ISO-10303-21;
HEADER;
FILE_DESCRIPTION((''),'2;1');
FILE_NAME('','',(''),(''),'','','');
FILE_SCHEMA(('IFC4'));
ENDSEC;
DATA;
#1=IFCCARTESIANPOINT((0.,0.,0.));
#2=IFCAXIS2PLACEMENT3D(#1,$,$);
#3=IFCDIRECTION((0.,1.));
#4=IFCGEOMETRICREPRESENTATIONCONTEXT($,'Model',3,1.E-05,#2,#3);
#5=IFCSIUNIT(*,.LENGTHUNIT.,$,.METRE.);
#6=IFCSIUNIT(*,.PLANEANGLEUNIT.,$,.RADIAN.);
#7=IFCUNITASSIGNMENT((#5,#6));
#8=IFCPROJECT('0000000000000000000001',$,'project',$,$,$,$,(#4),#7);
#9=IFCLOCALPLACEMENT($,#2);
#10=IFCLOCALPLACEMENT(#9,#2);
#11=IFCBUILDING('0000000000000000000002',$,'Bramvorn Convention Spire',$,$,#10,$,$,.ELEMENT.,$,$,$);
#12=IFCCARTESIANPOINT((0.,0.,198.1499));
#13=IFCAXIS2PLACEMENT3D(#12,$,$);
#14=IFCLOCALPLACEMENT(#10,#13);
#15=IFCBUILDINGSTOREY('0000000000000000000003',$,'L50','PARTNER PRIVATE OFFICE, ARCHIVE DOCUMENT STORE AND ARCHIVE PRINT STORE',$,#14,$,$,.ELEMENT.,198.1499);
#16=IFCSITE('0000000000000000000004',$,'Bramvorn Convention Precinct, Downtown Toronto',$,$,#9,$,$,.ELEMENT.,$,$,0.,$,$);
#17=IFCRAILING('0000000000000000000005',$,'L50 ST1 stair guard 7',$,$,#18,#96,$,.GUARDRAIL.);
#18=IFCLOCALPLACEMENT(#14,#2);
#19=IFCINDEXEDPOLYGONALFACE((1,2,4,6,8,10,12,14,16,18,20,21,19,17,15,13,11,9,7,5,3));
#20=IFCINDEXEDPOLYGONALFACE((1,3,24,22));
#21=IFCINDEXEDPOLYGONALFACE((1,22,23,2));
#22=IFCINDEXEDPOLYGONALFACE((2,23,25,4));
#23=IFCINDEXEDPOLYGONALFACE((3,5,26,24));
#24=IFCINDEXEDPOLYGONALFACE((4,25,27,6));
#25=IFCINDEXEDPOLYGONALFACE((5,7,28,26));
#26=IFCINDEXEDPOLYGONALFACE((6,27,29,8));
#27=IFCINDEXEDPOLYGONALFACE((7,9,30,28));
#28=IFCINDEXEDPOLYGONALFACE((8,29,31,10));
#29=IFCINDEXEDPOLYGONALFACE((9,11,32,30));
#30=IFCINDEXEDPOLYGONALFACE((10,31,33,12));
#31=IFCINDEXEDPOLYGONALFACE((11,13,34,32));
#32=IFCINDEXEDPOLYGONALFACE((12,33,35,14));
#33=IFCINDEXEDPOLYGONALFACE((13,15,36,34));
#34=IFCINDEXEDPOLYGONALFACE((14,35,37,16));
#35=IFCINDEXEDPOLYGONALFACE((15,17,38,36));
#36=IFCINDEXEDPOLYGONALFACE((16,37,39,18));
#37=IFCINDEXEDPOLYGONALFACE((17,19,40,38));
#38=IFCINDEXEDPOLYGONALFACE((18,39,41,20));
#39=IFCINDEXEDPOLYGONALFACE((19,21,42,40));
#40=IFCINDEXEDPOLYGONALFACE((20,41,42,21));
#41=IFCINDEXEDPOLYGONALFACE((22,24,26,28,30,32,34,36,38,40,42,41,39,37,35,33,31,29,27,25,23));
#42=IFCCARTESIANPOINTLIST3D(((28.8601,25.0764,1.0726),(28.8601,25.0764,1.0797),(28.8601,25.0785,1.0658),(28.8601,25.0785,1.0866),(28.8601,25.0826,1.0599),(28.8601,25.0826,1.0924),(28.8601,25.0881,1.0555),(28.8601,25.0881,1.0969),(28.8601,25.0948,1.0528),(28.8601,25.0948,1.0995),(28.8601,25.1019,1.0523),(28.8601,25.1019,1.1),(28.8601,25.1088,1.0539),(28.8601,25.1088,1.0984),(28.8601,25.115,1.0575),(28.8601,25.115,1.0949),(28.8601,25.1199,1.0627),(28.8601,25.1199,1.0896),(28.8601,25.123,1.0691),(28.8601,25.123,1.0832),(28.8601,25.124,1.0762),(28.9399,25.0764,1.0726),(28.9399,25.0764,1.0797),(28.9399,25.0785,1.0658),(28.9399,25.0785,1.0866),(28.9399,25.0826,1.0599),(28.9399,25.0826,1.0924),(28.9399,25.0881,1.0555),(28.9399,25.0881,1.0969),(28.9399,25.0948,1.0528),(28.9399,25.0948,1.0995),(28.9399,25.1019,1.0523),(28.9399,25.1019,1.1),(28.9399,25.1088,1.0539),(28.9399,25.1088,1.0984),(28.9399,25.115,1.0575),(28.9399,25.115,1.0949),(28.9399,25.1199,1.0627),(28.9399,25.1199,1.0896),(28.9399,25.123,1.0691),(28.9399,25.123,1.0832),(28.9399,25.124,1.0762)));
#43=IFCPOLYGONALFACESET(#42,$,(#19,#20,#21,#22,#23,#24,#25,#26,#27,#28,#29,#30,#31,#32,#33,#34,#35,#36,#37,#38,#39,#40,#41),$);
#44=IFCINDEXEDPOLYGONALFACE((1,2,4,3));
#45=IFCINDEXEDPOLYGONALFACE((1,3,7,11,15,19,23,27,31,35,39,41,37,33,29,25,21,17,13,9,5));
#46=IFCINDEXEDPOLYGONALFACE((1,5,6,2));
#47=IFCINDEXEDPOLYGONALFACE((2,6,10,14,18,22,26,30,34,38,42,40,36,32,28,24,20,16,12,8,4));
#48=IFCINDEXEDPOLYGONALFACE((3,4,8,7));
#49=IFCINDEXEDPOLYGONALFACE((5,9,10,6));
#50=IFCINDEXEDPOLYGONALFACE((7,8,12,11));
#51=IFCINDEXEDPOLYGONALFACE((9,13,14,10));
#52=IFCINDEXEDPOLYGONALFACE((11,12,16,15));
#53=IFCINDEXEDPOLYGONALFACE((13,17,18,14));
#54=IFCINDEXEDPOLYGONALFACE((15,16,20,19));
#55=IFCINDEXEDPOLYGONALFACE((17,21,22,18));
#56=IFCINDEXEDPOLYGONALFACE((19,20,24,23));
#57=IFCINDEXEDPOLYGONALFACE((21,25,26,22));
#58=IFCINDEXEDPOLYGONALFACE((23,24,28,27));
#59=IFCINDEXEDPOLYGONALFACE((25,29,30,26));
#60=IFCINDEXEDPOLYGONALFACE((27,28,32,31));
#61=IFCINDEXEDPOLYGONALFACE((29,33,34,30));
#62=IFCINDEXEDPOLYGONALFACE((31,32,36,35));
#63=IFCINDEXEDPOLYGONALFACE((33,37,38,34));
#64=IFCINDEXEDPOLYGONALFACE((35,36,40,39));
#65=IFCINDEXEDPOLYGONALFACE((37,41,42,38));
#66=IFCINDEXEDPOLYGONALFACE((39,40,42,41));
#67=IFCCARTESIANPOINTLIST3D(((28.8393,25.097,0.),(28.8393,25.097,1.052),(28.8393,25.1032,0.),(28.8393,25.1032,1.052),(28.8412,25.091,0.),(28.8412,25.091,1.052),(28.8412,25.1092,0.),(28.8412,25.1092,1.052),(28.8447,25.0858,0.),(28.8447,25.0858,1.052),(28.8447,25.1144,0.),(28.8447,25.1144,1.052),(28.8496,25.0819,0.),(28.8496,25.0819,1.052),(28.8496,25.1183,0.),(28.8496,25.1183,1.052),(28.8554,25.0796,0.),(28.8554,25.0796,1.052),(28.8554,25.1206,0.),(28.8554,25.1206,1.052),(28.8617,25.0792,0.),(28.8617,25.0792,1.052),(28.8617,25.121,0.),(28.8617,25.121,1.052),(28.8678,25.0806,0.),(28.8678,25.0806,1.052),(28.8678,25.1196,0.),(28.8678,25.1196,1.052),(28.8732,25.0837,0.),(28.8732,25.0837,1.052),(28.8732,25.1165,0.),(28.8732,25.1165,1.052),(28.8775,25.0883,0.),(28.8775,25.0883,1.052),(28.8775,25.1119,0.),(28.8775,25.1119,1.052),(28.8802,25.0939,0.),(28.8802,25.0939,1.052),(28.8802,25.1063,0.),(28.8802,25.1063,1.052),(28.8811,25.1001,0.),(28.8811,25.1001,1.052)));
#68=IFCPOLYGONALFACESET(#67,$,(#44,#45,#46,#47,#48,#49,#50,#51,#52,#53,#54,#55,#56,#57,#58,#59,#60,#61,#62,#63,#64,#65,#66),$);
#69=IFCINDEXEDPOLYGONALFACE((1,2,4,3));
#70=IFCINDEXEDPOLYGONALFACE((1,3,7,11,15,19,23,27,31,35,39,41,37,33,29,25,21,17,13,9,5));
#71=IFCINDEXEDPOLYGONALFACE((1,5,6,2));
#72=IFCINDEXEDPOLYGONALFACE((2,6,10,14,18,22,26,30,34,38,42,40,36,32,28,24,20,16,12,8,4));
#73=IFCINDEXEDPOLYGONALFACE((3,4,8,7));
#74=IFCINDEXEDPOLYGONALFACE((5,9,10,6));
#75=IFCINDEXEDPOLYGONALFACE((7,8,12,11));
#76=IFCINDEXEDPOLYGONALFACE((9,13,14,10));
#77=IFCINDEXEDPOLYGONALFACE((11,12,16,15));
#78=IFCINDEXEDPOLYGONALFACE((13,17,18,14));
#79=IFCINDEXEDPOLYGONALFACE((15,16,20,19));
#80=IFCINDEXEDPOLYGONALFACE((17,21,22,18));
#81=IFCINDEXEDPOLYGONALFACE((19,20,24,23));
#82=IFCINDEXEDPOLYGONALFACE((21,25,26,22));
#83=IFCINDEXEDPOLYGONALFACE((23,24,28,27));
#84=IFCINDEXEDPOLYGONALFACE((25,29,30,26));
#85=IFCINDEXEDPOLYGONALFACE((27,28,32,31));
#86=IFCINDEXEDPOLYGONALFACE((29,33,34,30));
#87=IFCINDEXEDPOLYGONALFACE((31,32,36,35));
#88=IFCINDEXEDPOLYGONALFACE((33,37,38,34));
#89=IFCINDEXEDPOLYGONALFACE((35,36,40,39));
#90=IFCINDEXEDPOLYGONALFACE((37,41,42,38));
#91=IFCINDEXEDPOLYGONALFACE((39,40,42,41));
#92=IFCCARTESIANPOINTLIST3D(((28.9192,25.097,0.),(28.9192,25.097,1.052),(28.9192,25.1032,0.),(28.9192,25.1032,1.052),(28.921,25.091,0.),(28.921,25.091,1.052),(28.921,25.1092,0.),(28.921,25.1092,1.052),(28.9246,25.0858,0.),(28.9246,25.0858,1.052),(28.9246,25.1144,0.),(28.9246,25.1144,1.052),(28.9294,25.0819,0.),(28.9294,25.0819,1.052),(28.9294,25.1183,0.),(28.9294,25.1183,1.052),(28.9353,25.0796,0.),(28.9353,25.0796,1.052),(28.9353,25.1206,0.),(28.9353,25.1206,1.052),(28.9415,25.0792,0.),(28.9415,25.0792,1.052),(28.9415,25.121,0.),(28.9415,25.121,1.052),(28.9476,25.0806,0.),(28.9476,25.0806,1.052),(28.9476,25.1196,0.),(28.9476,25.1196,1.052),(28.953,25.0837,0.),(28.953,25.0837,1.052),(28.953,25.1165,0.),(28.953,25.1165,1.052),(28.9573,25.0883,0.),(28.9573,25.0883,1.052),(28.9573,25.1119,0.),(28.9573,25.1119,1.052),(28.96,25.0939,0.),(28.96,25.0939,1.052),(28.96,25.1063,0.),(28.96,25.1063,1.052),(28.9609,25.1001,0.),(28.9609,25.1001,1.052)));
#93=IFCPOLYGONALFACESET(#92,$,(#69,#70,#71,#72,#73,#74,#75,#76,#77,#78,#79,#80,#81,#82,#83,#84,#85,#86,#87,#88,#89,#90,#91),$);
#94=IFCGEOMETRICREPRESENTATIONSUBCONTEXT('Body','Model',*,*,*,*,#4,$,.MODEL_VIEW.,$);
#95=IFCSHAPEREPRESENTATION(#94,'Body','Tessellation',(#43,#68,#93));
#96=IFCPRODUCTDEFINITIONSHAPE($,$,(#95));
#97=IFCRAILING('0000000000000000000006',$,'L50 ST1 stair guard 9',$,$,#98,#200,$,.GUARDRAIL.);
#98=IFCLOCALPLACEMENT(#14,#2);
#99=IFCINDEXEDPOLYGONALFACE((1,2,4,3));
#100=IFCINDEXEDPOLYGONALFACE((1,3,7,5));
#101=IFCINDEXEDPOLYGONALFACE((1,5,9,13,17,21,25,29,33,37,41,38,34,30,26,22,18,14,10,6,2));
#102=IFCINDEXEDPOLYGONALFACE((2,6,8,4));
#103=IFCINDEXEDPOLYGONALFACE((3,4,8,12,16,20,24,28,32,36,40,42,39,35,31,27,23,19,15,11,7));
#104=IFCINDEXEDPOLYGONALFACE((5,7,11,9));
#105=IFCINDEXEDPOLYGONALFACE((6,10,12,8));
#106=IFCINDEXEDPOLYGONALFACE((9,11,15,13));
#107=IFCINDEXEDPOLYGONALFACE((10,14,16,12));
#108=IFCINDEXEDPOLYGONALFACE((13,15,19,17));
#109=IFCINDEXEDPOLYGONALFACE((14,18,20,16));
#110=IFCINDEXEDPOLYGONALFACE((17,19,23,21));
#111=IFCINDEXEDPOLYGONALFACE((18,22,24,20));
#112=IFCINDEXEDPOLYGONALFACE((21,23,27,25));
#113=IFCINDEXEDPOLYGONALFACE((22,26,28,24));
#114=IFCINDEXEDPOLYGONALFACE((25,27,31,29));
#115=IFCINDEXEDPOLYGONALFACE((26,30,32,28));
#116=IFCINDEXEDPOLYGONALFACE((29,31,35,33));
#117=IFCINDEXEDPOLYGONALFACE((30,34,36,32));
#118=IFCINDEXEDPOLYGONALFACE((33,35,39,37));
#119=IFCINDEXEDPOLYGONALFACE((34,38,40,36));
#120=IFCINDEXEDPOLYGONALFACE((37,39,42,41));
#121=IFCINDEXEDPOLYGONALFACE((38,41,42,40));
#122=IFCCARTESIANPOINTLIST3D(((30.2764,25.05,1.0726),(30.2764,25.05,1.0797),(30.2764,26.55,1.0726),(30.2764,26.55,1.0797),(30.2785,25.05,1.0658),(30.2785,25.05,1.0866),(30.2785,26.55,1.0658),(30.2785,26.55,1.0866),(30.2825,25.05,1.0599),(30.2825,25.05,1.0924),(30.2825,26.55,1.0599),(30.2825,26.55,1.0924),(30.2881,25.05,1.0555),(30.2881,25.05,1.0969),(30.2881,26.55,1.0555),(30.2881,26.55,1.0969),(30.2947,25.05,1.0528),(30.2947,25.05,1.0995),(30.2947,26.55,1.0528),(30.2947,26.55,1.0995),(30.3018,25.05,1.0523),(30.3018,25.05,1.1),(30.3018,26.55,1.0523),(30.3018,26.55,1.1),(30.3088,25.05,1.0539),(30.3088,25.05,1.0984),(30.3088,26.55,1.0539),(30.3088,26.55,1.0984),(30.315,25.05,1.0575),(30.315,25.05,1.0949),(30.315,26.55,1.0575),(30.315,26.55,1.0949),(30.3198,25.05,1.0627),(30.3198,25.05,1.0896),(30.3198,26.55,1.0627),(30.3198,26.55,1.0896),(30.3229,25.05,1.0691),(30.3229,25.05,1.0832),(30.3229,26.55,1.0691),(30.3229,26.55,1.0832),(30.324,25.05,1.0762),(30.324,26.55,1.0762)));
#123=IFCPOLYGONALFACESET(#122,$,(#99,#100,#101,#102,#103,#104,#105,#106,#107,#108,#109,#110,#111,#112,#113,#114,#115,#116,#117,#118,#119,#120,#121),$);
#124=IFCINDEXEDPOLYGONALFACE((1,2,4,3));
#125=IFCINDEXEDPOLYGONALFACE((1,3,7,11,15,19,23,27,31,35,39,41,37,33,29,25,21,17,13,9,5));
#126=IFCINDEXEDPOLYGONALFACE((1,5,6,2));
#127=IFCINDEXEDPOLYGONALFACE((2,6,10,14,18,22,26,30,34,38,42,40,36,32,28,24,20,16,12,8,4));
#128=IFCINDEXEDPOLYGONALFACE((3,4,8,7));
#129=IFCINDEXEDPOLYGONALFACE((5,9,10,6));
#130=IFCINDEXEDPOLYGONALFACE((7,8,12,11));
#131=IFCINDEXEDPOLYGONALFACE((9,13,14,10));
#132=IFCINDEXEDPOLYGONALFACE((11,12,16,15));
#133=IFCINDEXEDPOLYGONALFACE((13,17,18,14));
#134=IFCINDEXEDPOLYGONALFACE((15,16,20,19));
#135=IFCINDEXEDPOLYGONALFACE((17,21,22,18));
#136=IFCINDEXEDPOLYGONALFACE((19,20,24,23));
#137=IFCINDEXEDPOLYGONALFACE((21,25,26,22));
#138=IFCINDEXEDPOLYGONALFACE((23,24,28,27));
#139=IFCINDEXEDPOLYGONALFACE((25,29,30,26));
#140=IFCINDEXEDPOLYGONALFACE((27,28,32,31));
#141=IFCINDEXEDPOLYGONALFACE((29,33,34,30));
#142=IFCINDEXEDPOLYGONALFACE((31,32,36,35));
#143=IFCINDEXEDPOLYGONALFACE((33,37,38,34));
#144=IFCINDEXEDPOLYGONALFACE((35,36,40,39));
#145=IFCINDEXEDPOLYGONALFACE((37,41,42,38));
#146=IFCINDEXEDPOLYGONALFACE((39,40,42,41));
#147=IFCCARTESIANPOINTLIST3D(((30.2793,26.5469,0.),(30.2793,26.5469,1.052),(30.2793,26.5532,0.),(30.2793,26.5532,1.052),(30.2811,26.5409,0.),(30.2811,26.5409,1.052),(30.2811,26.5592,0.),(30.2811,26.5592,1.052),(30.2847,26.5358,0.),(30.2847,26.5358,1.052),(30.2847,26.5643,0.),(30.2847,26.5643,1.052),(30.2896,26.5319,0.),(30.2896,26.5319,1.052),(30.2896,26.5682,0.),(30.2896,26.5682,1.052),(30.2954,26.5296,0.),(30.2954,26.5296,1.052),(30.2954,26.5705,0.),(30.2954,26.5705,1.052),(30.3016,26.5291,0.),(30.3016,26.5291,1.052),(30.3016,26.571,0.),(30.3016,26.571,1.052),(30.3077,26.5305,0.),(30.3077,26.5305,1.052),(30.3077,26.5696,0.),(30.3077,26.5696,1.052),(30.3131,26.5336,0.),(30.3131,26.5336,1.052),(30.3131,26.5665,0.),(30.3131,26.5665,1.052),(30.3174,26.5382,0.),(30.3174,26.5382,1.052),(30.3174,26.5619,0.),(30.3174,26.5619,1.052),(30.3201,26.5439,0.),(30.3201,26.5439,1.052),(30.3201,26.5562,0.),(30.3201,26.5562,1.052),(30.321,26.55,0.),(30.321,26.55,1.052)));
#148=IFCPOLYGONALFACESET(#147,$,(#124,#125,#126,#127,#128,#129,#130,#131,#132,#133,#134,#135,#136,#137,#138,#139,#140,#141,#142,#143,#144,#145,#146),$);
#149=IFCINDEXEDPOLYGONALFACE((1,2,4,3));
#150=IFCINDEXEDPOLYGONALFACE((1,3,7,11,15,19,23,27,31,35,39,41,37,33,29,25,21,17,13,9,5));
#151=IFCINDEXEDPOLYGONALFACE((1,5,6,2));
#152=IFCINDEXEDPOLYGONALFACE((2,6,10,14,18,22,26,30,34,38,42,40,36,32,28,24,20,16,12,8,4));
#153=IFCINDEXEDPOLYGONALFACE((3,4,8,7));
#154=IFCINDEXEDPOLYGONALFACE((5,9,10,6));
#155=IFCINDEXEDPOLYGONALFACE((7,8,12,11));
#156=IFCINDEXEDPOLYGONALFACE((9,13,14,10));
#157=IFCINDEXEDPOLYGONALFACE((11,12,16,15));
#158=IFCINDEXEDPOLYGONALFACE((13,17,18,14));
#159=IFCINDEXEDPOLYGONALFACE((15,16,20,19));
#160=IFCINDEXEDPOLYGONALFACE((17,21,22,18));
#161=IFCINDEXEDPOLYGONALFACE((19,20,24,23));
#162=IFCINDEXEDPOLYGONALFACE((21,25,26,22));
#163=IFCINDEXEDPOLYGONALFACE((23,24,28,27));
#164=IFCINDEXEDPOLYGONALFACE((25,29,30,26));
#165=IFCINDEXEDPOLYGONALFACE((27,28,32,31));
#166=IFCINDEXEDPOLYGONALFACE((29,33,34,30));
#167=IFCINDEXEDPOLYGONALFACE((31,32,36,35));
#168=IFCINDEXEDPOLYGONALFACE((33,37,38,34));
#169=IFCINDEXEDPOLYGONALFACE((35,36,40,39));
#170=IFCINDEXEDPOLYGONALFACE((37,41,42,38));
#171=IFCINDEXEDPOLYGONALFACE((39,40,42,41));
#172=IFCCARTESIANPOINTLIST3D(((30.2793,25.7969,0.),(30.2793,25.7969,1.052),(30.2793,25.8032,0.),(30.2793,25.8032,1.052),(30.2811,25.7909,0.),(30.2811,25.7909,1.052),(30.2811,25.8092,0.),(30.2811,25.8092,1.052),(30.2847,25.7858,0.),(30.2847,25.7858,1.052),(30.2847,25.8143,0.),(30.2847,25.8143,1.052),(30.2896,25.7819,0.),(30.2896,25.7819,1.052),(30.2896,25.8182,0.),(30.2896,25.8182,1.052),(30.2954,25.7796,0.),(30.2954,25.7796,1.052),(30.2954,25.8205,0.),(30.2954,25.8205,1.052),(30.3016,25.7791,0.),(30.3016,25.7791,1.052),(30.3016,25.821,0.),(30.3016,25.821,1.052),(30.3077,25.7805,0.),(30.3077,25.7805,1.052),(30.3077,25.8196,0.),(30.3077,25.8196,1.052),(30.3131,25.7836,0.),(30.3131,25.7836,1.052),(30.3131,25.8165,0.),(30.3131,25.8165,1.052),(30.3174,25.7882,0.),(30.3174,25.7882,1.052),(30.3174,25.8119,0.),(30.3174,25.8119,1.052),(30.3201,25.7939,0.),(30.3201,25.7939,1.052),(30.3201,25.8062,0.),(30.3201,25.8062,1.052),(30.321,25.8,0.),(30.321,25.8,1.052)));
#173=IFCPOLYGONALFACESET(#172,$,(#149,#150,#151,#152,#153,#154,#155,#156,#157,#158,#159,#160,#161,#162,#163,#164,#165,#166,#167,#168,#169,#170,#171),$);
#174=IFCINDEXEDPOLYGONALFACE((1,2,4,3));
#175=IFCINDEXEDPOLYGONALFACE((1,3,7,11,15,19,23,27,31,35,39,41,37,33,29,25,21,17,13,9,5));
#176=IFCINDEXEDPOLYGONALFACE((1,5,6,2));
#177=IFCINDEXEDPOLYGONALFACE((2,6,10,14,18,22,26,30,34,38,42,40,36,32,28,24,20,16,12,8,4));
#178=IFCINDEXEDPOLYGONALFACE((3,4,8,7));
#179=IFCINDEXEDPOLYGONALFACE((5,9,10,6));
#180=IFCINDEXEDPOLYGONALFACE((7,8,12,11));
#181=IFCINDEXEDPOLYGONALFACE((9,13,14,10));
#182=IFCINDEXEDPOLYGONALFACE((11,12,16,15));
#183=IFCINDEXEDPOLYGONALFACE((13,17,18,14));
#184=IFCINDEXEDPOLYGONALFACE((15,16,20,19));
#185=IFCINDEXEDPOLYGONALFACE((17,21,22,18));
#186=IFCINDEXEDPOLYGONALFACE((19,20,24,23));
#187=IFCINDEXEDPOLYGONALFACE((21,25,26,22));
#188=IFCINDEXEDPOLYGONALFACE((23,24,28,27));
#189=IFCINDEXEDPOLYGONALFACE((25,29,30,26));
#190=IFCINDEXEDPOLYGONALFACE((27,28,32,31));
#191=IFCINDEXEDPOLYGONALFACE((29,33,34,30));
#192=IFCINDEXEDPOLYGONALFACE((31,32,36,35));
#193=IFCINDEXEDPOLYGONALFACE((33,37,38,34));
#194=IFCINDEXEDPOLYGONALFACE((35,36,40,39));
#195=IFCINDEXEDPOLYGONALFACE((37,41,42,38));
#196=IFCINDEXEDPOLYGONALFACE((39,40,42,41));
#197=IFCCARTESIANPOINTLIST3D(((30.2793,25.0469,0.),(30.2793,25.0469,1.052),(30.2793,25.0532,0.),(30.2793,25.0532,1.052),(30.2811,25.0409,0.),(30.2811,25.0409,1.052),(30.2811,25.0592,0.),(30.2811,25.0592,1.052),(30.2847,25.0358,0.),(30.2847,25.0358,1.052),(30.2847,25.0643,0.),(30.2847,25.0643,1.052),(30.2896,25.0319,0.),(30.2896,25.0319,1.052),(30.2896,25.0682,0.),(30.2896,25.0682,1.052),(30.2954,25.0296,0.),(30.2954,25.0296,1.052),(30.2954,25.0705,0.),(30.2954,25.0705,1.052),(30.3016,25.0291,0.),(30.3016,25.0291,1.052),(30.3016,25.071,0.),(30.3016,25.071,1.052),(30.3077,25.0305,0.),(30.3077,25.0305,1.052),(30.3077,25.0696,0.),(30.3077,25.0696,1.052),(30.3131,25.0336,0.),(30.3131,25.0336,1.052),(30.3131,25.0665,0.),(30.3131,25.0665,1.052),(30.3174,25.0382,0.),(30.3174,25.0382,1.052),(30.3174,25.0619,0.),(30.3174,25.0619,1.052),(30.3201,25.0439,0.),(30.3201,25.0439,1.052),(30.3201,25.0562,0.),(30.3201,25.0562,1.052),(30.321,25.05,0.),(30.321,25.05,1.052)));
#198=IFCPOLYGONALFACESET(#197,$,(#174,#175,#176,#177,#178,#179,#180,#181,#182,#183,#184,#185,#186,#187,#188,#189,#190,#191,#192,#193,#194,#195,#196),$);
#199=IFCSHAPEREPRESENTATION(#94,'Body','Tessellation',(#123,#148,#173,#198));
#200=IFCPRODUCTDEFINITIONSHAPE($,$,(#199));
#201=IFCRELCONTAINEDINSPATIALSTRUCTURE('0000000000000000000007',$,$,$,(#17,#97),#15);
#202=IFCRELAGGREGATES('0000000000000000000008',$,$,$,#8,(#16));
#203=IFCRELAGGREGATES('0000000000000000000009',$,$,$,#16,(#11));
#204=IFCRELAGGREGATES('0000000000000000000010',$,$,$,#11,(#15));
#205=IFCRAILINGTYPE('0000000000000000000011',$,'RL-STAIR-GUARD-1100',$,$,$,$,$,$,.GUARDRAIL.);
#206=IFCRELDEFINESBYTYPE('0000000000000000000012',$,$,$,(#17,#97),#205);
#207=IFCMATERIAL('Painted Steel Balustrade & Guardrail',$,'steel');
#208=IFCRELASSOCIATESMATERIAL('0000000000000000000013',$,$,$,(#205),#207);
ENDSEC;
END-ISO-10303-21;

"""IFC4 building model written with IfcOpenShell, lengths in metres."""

from ifc_helpers import new_model, si_unit, direction, frame, origin, origin_2d, place, context, subcontext, project, spatial, circle, extrude, material, type_object, element, save


model = new_model("IFC4")

# Units and contexts
model_context = context("Model", 3, precision=1e-05, world=origin(), true_north=direction((0.0, 1.0)))
body_context = subcontext(model_context, "Body", "Model", "MODEL_VIEW")
ifc_project = project(units=[si_unit("LENGTHUNIT", "METRE"), si_unit("PLANEANGLEUNIT", "RADIAN")], contexts=[model_context])

# Site, building, storey
site_placement = place(None, origin())
site = spatial("IfcSite", under=ifc_project, at=site_placement, Name="Bramvorn Convention Precinct, Downtown Toronto", CompositionType="ELEMENT", RefElevation=0.0)
building_placement = place(site_placement, origin())
building = spatial("IfcBuilding", under=site, at=building_placement, Name="Bramvorn Convention Spire", CompositionType="ELEMENT")
storey_placement = place(building_placement, frame((0.0, 0.0, 198.1499)))
storey = spatial("IfcBuildingStorey", under=building, at=storey_placement, Name="L50", Description="PARTNER PRIVATE OFFICE, ARCHIVE DOCUMENT STORE AND ARCHIVE PRINT STORE", CompositionType="ELEMENT", Elevation=198.1499)

# Railings
ifc_material_1 = material(Name="Painted Steel Balustrade & Guardrail", Category="steel")
railing_type_1 = type_object("IfcRailingType", Name="RL-STAIR-GUARD-1100", PredefinedType="GUARDRAIL", material=ifc_material_1)
railing_1_placement = place(storey_placement, frame((28.8601, 25.1001, 0.0)))
element("IfcRailing", 1, at=railing_1_placement, inside=storey, type_object=railing_type_1, Name="L50 ST1 stair guard 7", PredefinedType="GUARDRAIL", context=body_context, shape_type="SweptSolid", body=[
    extrude(circle(Radius=0.0239, at=origin_2d()), frame((0.0, 0.0, 1.0762), z_axis=(1.0, 0.0, 0.0), x_axis=(0.0, 1.0, 0.0)), (0.0, 0.0, 1.0), 0.0798),
    extrude(circle(Radius=0.021, at=origin_2d()), origin(), (0.0, 0.0, 1.0), 1.052),
    extrude(circle(Radius=0.021, at=origin_2d()), frame((0.0798, 0.0, 0.0)), (0.0, 0.0, 1.0), 1.052),
])
railing_2_placement = place(storey_placement, frame((30.3, 26.55, 0.0)))
element("IfcRailing", 2, at=railing_2_placement, inside=storey, type_object=railing_type_1, Name="L50 ST1 stair guard 9", PredefinedType="GUARDRAIL", context=body_context, shape_type="SweptSolid", body=[
    extrude(circle(Radius=0.0239, at=origin_2d()), frame((0.0, 0.0, 1.0762), z_axis=(0.0, -1.0, 0.0), x_axis=(1.0, 0.0, 0.0)), (0.0, 0.0, 1.0), 1.5),
    extrude(circle(Radius=0.021, at=origin_2d()), origin(), (0.0, 0.0, 1.0), 1.052),
    extrude(circle(Radius=0.021, at=origin_2d()), frame((0.0, -0.75, 0.0)), (0.0, 0.0, 1.0), 1.052),
    extrude(circle(Radius=0.021, at=origin_2d()), frame((0.0, -1.5, 0.0)), (0.0, 0.0, 1.0), 1.052),
])

save(model, "model.ifc")
